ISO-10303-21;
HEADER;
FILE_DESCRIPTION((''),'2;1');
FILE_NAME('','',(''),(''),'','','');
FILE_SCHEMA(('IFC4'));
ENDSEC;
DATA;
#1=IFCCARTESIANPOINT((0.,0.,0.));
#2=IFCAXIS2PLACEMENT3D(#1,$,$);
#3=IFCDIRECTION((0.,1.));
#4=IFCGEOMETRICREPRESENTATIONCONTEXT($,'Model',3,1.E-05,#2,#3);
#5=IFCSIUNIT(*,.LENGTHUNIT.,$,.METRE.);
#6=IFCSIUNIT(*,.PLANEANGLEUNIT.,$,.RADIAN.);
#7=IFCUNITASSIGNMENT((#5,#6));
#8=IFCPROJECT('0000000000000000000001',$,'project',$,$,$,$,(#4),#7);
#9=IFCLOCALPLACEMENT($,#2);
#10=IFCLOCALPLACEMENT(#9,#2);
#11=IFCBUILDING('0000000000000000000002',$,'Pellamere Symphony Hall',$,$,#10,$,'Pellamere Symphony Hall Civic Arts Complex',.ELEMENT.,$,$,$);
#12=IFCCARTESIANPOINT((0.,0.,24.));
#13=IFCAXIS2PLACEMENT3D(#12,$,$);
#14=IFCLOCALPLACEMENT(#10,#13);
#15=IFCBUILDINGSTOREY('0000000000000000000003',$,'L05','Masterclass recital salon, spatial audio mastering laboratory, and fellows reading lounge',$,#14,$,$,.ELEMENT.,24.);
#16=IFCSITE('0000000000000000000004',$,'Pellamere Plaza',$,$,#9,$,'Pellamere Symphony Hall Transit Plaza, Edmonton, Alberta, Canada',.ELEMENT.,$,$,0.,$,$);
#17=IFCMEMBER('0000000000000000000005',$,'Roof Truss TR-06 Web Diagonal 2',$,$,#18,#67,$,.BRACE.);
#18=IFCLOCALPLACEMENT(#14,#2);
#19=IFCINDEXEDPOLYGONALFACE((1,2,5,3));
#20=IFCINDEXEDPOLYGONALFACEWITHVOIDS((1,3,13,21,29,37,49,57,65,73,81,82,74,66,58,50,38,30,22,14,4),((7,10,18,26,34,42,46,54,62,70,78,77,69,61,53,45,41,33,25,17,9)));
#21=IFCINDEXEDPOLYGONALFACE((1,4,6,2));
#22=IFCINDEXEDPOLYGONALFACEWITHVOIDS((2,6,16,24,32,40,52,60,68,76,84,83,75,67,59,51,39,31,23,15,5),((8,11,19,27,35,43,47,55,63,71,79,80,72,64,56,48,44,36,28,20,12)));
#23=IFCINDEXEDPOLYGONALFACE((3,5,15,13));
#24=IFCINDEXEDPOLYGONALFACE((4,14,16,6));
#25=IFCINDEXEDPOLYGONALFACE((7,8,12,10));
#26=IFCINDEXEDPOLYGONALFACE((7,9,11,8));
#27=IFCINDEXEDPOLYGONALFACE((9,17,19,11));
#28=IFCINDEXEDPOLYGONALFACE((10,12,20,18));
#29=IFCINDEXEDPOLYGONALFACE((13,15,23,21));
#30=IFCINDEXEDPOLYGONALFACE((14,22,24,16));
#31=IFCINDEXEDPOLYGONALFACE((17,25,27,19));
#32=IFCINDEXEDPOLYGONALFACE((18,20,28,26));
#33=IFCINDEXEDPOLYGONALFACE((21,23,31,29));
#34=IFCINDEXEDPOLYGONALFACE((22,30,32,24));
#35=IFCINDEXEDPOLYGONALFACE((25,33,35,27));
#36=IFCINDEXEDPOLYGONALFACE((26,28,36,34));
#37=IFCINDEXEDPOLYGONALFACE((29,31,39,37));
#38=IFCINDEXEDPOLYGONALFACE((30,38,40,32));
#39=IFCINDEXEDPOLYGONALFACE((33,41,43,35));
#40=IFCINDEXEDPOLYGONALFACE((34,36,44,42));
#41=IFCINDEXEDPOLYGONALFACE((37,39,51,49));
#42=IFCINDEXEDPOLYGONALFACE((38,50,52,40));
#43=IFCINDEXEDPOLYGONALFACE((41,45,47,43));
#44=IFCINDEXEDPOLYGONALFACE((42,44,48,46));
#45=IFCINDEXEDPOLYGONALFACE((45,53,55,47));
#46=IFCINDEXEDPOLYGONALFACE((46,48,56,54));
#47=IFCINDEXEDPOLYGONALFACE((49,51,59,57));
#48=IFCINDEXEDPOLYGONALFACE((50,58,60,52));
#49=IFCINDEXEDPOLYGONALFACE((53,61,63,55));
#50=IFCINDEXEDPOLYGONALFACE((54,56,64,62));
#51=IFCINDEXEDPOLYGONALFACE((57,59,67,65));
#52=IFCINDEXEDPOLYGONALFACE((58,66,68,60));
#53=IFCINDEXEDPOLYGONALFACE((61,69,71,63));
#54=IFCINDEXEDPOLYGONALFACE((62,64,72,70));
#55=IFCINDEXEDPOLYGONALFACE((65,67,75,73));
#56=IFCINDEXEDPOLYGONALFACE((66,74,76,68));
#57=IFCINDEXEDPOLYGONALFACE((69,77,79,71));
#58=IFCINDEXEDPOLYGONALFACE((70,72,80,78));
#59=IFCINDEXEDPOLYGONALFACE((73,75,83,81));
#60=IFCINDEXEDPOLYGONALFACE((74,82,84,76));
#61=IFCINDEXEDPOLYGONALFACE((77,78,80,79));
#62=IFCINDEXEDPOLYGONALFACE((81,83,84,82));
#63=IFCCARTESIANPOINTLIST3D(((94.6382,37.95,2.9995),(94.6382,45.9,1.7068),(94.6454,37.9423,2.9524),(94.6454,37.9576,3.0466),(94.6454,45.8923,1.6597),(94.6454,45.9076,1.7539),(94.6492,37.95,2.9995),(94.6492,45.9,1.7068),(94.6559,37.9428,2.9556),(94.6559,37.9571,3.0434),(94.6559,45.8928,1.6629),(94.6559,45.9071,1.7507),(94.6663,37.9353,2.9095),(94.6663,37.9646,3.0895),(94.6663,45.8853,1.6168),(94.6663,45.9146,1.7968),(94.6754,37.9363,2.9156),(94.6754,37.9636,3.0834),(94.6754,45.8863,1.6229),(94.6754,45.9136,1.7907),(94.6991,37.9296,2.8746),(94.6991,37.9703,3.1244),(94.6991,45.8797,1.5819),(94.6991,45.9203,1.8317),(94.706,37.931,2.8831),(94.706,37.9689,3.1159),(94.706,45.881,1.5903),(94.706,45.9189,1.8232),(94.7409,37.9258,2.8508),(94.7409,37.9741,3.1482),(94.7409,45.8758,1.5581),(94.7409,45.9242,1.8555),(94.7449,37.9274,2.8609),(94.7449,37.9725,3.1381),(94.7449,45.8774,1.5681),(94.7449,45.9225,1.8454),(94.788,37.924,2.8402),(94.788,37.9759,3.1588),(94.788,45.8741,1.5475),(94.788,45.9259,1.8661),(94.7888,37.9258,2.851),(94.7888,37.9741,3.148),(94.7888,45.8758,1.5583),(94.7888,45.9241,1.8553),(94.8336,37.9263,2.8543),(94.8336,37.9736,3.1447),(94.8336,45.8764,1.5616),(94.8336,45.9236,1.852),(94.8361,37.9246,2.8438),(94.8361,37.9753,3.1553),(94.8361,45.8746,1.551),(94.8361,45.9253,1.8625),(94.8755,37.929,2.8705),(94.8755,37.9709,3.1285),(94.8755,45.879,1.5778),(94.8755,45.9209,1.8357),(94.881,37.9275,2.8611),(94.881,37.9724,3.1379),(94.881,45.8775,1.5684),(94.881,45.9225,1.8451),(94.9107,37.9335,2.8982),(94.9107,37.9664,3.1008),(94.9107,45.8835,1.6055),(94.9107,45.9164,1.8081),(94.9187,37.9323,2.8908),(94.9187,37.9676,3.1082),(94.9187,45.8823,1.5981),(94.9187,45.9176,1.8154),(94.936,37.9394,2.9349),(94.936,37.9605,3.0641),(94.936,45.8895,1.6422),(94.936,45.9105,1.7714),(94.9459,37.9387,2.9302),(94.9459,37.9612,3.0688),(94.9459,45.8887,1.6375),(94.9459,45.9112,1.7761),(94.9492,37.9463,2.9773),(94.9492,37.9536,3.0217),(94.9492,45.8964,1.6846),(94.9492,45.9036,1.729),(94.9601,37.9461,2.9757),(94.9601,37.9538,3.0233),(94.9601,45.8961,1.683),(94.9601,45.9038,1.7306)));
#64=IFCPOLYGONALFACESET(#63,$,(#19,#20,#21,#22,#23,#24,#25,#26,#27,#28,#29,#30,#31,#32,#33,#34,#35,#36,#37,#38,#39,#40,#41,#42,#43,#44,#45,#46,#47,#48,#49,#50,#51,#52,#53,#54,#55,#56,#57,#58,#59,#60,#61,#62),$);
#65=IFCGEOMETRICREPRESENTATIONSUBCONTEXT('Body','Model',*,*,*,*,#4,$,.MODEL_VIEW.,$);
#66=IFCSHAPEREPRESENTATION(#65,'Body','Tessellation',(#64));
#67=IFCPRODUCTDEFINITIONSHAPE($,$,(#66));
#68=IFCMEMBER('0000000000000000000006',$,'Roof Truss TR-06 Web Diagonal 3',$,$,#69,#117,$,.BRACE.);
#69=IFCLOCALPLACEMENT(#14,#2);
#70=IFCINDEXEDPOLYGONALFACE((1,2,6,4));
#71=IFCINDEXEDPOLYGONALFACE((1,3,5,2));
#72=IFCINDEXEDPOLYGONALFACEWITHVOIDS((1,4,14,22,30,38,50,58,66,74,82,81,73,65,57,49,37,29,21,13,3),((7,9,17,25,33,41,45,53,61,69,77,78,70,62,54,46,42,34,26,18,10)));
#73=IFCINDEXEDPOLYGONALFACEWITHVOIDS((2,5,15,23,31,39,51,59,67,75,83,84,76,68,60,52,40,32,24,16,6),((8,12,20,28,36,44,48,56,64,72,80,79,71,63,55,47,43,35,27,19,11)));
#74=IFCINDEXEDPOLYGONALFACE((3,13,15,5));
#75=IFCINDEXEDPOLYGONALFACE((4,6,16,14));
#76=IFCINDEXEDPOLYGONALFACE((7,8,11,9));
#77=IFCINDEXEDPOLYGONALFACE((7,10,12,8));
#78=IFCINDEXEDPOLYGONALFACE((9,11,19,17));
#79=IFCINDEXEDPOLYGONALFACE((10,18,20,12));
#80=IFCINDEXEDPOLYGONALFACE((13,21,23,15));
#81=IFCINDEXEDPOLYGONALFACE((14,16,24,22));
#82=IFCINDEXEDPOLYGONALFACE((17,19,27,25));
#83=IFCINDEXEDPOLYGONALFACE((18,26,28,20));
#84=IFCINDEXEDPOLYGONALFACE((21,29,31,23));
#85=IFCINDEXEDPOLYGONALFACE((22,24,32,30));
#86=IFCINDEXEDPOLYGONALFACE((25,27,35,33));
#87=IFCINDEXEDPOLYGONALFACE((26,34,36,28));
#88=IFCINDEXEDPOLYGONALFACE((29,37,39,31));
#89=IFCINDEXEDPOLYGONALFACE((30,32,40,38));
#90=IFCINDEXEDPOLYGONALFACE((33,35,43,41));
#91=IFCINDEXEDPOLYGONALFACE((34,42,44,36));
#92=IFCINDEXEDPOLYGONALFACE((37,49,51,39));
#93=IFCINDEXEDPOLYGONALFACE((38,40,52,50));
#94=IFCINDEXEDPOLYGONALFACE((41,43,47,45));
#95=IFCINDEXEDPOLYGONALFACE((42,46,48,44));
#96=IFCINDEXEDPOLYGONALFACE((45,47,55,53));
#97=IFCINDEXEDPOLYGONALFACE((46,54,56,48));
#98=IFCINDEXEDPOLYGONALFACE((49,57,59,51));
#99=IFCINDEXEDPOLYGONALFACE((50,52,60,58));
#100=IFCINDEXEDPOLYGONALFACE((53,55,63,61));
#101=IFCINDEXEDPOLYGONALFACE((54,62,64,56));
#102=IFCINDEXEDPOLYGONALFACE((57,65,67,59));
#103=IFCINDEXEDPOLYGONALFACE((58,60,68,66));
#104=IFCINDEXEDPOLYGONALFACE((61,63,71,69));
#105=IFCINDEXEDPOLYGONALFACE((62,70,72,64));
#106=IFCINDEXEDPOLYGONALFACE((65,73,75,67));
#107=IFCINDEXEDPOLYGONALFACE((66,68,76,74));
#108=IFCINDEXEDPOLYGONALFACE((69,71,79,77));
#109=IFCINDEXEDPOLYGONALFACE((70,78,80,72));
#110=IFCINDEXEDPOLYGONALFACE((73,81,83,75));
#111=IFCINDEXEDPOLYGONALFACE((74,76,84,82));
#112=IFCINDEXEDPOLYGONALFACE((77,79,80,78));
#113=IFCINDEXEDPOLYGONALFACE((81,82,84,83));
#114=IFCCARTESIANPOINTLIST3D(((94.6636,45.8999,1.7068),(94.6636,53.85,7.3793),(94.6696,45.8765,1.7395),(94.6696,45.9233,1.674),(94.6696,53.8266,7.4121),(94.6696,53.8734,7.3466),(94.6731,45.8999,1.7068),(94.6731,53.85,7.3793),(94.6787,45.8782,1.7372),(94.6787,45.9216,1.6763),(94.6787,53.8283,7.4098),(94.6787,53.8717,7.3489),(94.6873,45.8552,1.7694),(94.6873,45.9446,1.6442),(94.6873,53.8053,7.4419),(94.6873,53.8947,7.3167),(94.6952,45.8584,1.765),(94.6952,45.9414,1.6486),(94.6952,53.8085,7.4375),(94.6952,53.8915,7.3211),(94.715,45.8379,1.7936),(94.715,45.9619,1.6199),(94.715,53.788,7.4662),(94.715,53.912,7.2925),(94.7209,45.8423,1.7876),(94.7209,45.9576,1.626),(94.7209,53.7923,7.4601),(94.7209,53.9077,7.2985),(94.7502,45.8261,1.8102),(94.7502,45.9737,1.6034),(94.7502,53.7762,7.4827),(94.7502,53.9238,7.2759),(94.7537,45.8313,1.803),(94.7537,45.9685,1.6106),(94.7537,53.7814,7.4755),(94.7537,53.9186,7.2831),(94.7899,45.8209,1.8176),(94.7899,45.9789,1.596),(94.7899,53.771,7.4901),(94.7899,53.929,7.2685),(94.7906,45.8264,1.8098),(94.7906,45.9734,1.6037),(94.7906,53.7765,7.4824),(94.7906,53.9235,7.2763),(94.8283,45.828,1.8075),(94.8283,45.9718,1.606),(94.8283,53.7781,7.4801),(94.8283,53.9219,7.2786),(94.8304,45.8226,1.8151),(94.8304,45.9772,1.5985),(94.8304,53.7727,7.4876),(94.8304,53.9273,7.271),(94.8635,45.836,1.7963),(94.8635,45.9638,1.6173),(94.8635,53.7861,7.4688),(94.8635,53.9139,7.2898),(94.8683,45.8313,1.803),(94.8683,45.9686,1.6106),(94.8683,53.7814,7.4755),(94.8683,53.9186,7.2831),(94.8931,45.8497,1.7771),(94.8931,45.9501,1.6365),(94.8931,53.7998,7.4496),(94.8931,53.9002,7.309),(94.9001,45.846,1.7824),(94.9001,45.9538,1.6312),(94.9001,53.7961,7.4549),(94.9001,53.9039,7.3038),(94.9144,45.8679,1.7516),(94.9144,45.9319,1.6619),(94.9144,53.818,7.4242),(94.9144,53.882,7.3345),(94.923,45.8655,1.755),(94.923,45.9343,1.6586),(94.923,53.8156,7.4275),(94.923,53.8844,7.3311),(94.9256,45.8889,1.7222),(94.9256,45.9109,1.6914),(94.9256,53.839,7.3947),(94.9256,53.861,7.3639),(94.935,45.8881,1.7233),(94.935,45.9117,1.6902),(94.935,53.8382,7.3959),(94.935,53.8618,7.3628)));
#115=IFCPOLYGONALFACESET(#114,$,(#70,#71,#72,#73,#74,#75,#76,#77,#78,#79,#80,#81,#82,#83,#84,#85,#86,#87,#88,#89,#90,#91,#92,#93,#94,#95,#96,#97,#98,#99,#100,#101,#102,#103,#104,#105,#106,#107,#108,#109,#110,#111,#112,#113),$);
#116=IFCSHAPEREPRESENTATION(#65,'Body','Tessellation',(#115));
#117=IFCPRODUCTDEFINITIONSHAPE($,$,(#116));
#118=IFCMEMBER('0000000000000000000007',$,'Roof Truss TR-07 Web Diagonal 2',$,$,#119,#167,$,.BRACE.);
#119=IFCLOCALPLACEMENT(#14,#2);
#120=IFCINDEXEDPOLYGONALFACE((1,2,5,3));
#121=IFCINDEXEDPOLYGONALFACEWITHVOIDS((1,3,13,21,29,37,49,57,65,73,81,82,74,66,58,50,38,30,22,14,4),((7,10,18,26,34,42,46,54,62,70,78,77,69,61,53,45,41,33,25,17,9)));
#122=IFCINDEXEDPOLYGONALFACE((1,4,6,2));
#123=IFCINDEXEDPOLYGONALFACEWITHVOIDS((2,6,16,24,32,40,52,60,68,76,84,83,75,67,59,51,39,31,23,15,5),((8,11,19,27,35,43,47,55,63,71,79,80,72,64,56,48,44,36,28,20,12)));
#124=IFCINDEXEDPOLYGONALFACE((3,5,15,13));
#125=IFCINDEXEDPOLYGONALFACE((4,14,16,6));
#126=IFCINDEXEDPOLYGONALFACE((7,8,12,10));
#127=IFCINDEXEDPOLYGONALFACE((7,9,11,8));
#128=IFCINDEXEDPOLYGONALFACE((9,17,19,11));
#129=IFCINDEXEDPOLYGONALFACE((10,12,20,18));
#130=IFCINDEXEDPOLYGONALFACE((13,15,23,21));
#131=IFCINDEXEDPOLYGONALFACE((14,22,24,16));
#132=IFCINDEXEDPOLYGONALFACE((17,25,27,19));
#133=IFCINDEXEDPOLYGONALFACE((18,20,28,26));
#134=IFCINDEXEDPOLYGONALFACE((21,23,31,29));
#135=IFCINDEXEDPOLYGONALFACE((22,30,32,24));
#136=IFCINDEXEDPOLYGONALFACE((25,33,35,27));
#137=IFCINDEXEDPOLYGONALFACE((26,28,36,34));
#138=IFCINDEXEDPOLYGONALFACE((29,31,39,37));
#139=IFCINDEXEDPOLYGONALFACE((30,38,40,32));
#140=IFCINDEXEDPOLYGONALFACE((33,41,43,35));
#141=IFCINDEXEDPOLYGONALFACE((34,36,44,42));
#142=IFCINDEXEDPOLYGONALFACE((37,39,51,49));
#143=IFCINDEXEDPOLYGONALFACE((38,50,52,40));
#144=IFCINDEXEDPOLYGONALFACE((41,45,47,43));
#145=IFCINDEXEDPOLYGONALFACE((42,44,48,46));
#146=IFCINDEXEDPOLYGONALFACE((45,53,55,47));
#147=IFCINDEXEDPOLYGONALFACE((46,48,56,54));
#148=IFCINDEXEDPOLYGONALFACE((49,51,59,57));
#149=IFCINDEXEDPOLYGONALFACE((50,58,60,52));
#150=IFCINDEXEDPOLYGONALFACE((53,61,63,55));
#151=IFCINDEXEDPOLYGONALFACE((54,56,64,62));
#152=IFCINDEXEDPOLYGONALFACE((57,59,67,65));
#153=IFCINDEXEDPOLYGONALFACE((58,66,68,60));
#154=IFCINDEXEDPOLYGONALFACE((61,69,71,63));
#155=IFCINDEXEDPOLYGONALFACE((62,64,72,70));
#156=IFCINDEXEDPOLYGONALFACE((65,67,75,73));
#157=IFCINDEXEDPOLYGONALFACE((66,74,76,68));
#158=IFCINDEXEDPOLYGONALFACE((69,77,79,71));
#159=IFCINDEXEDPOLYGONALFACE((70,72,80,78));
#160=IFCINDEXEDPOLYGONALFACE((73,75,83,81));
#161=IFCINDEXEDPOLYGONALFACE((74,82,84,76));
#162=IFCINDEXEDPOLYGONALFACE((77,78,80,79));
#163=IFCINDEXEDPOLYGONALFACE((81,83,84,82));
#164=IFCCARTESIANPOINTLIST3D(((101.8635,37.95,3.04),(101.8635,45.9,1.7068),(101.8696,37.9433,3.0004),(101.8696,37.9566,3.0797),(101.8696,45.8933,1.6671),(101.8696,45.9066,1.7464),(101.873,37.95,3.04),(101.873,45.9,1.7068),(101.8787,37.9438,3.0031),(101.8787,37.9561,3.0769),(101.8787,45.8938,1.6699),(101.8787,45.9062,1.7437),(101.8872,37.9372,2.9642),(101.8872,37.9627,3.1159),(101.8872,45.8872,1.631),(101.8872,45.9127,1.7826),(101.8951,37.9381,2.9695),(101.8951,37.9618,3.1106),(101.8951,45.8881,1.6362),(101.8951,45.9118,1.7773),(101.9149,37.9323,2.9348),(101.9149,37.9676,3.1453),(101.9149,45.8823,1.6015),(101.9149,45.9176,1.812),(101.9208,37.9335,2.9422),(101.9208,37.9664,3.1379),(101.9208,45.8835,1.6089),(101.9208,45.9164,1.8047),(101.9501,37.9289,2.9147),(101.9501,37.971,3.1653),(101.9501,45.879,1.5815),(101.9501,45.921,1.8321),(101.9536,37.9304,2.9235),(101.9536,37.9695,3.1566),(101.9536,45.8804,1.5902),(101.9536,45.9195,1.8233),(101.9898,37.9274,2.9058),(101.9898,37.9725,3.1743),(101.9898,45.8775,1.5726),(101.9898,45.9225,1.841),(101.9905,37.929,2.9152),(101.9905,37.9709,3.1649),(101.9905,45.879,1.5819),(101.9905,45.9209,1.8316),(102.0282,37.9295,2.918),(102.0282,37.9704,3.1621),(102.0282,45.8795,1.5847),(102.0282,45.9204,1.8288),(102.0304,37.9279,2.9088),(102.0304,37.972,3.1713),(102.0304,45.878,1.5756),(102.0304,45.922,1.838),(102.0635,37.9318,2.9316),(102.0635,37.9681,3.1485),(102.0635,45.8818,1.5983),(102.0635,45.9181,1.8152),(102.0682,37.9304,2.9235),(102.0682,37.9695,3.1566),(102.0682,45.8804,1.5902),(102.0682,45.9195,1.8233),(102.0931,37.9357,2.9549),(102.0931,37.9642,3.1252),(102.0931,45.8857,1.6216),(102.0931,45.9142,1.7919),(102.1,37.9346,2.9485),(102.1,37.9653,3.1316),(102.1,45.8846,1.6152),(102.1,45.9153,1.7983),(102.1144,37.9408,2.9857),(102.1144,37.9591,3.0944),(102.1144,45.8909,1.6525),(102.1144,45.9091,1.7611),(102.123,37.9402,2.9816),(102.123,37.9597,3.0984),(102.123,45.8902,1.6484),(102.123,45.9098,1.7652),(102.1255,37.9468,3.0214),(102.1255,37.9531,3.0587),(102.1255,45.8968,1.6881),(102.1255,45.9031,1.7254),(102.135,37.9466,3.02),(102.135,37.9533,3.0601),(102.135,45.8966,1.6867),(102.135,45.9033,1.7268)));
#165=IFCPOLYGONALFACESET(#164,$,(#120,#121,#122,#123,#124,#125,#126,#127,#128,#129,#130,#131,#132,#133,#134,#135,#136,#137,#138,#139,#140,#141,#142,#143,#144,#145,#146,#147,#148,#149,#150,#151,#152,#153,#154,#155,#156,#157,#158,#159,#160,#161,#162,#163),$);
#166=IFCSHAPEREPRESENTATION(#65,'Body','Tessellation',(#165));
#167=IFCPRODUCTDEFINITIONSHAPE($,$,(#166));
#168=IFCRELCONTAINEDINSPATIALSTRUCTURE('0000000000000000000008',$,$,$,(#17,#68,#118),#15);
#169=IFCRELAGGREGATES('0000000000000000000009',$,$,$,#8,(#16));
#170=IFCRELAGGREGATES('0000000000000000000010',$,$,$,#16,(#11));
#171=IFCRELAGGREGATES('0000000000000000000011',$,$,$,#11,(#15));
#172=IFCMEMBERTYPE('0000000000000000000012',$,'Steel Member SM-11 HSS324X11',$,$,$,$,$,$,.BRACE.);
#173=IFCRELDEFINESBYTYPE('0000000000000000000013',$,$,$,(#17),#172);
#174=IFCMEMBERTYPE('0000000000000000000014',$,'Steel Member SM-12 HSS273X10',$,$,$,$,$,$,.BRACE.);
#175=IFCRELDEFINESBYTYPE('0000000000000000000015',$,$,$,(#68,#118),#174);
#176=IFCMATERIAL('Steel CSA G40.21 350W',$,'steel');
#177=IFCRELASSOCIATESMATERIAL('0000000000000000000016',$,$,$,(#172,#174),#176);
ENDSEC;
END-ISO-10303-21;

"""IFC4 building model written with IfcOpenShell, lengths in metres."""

from ifc_helpers import new_model, si_unit, direction, frame, origin, origin_2d, place, context, subcontext, project, spatial, hollow_circle, extrude, material, material_profile, profile_set, type_object, element, save


model = new_model("IFC4")

# Units and contexts
model_context = context("Model", 3, precision=1e-05, world=origin(), true_north=direction((0.0, 1.0)))
body_context = subcontext(model_context, "Body", "Model", "MODEL_VIEW")
ifc_project = project(units=[si_unit("LENGTHUNIT", "METRE"), si_unit("PLANEANGLEUNIT", "RADIAN")], contexts=[model_context])

# Site, building, storey
site_placement = place(None, origin())
site = spatial("IfcSite", under=ifc_project, at=site_placement, Name="Pellamere Plaza", LongName="Pellamere Symphony Hall Transit Plaza, Edmonton, Alberta, Canada", CompositionType="ELEMENT", RefElevation=0.0)
building_placement = place(site_placement, origin())
building = spatial("IfcBuilding", under=site, at=building_placement, Name="Pellamere Symphony Hall", LongName="Pellamere Symphony Hall Civic Arts Complex", CompositionType="ELEMENT")
storey_placement = place(building_placement, frame((0.0, 0.0, 24.0)))
storey = spatial("IfcBuildingStorey", under=building, at=storey_placement, Name="L05", Description="Masterclass recital salon, spatial audio mastering laboratory, and fellows reading lounge", CompositionType="ELEMENT", Elevation=24.0)

# Shared definitions
ifc_material_1 = material(Name="Steel CSA G40.21 350W", Category="steel")

# Members
ifc_material_profile_1 = material_profile(ifc_material_1, hollow_circle(Radius=0.1619, WallThickness=0.011, at=origin_2d()), Name="HSS324X11")
ifc_profile_set_1 = profile_set([ifc_material_profile_1], Name="Steel CSA G40.21 350W")
member_type_1 = type_object("IfcMemberType", Name="Steel Member SM-11 HSS324X11", PredefinedType="BRACE", material=ifc_profile_set_1)
member_1_placement = place(storey_placement, frame((94.8, 37.95, 2.9995), z_axis=(0.0, 0.987036, -0.1605), x_axis=(-1.0, 0.0, 0.0)))
element("IfcMember", 1, at=member_1_placement, inside=storey, type_object=member_type_1, Name="Roof Truss TR-06 Web Diagonal 2", PredefinedType="BRACE", context=body_context, shape_type="SweptSolid", body=[
    extrude(hollow_circle(Radius=0.1619, WallThickness=0.011, at=origin_2d()), origin(), (0.0, 0.0, 1.0), 8.0544),
])
ifc_material_profile_2 = material_profile(ifc_material_1, hollow_circle(Radius=0.1365, WallThickness=0.0095, at=origin_2d()), Name="HSS273X10")
ifc_profile_set_2 = profile_set([ifc_material_profile_2], Name="Steel CSA G40.21 350W")
member_type_2 = type_object("IfcMemberType", Name="Steel Member SM-12 HSS273X10", PredefinedType="BRACE", material=ifc_profile_set_2)
member_2_placement = place(storey_placement, frame((94.8, 45.8999, 1.7068), z_axis=(0.0, 0.814029, 0.580824), x_axis=(-1.0, 0.0, 0.0)))
element("IfcMember", 2, at=member_2_placement, inside=storey, type_object=member_type_2, Name="Roof Truss TR-06 Web Diagonal 3", PredefinedType="BRACE", context=body_context, shape_type="SweptSolid", body=[
    extrude(hollow_circle(Radius=0.1365, WallThickness=0.0095, at=origin_2d()), origin(), (0.0, 0.0, 1.0), 9.7664),
])
member_3_placement = place(storey_placement, frame((102.0, 37.95, 3.04), z_axis=(0.0, 0.986227, -0.165396), x_axis=(-1.0, 0.0, 0.0)))
element("IfcMember", 3, at=member_3_placement, inside=storey, type_object=member_type_2, Name="Roof Truss TR-07 Web Diagonal 2", PredefinedType="BRACE", context=body_context, shape_type="SweptSolid", body=[
    extrude(hollow_circle(Radius=0.1365, WallThickness=0.0095, at=origin_2d()), origin(), (0.0, 0.0, 1.0), 8.061),
])

save(model, "model.ifc")
